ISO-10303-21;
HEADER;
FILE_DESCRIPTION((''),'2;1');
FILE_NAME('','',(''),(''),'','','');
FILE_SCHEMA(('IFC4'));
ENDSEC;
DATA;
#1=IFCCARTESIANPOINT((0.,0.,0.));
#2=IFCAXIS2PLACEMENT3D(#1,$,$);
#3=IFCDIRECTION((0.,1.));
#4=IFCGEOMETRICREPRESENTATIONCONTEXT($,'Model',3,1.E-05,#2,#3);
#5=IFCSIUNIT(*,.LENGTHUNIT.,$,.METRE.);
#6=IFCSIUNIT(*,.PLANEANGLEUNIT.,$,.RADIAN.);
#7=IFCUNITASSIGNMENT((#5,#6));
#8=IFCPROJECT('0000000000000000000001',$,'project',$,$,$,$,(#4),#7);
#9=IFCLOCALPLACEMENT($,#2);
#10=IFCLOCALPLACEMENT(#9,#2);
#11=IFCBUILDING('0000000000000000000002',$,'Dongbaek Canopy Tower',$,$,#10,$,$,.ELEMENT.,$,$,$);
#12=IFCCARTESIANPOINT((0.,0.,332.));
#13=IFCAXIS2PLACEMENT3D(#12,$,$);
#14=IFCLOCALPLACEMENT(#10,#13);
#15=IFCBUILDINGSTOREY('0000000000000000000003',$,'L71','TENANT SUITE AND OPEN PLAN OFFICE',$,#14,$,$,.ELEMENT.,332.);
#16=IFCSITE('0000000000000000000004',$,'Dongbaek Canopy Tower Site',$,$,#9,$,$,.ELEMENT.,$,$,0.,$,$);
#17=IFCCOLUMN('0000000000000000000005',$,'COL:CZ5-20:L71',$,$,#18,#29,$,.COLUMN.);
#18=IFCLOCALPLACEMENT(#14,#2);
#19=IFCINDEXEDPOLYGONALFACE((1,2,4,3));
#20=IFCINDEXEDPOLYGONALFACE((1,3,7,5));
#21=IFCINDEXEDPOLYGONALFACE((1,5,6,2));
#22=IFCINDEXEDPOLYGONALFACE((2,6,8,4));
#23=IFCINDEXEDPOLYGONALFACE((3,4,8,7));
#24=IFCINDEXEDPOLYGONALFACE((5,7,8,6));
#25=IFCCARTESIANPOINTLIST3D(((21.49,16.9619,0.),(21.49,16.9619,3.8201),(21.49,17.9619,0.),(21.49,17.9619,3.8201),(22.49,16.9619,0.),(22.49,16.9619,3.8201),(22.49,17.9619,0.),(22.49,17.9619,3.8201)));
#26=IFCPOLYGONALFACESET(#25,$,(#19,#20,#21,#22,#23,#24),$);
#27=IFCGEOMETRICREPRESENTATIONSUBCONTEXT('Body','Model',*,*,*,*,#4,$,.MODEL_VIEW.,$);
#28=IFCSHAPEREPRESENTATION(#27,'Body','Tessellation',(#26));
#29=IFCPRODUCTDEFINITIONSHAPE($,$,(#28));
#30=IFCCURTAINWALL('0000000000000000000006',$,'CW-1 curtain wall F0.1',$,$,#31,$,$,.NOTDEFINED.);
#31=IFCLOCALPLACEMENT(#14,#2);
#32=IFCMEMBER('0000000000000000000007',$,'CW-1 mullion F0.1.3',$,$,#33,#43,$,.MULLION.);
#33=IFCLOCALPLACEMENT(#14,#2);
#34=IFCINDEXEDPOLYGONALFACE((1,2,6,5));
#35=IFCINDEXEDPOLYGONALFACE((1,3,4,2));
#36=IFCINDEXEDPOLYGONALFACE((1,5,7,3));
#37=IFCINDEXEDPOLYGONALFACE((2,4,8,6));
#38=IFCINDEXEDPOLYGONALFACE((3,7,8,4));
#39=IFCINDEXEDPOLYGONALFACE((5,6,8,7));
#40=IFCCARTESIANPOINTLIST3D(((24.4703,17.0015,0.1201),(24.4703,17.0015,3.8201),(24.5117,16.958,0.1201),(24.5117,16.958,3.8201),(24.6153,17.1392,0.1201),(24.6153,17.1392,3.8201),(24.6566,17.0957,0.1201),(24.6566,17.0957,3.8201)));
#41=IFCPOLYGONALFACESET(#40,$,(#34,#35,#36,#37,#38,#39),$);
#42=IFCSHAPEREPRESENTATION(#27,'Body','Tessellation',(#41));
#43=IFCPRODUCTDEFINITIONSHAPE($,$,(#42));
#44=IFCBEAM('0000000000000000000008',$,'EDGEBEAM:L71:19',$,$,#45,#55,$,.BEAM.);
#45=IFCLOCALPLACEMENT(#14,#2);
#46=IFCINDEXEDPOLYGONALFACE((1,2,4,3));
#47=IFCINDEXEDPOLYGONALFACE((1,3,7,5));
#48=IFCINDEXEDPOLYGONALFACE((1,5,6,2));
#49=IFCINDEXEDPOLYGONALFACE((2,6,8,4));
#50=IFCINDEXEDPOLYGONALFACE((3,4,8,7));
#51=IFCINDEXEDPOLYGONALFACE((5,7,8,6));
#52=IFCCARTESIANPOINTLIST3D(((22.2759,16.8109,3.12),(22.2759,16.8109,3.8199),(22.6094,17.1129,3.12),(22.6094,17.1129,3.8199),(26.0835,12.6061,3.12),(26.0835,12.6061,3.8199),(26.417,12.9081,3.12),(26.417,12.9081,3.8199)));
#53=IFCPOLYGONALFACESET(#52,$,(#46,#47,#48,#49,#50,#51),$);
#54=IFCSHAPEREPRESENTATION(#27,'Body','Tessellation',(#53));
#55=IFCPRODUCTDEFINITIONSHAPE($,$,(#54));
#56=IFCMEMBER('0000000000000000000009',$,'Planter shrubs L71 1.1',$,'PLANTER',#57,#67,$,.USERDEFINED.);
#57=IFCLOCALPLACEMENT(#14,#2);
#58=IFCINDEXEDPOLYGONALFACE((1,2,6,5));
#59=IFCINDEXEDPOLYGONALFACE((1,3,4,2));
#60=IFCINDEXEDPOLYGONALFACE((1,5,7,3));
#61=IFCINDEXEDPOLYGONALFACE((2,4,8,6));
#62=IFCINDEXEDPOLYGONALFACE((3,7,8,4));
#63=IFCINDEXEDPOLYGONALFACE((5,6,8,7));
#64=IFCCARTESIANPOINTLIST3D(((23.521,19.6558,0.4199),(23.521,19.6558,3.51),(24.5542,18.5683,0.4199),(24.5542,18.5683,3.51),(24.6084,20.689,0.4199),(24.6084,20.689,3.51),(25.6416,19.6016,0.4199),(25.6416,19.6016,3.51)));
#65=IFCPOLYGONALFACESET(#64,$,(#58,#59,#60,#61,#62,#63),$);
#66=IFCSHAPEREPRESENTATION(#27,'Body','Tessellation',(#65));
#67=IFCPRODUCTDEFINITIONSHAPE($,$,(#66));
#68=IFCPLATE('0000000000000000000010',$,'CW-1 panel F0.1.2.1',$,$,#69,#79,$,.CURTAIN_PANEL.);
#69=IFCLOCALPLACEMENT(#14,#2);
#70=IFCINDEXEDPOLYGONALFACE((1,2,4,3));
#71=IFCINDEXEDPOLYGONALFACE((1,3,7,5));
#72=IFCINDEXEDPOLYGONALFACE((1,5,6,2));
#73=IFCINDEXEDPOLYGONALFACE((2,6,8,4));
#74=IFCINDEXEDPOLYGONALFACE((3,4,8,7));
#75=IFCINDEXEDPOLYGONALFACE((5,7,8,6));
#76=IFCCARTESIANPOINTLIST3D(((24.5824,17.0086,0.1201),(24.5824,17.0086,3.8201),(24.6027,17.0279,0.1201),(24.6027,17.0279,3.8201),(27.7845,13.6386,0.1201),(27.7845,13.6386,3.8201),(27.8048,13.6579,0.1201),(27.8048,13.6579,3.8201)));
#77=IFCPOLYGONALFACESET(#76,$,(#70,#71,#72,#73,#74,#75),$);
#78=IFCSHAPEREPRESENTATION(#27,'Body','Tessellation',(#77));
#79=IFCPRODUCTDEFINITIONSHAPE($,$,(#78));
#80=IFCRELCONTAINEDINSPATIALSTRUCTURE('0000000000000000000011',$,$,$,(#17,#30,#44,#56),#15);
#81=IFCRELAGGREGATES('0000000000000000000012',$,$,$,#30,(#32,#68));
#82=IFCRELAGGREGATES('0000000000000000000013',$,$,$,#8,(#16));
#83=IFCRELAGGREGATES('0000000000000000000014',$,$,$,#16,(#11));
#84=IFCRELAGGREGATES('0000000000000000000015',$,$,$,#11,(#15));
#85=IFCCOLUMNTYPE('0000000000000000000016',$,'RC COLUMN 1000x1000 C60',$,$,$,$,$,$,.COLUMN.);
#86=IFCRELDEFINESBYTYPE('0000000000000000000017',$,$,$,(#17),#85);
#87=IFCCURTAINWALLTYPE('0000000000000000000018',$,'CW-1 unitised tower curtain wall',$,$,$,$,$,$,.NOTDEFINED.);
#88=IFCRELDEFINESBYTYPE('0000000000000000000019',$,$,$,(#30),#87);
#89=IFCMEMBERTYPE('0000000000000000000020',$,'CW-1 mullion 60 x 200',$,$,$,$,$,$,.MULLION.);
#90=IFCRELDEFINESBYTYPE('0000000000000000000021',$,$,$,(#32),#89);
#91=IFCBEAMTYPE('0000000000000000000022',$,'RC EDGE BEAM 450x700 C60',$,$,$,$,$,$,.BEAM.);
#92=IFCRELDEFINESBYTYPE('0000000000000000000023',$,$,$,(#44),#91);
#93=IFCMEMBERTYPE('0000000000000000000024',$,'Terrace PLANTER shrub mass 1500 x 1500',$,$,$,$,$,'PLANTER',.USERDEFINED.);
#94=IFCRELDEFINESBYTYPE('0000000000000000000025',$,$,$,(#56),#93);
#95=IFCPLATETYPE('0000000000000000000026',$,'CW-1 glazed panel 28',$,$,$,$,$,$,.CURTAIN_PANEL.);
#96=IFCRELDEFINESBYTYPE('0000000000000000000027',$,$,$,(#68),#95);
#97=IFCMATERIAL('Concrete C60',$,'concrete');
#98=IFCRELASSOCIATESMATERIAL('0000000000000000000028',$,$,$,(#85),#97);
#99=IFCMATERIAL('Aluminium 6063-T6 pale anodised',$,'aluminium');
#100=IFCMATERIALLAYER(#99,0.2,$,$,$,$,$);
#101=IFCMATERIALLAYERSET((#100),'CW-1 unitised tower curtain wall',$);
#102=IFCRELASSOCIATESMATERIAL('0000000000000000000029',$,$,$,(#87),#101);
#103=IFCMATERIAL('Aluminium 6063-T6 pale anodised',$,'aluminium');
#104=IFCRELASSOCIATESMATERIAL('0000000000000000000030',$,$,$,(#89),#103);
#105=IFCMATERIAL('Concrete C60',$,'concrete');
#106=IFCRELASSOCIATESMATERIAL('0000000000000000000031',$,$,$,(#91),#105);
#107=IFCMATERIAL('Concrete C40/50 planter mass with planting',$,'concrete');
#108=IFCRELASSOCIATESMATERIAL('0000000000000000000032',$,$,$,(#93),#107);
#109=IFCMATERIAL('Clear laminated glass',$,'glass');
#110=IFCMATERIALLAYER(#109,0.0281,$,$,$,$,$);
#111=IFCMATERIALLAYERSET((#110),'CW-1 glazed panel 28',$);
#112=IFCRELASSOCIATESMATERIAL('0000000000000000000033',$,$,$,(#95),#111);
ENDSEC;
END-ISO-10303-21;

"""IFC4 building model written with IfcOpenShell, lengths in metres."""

from ifc_helpers import new_model, si_unit, direction, frame, origin, origin_2d, place, context, subcontext, project, spatial, rectangle, extrude, material, layer, layer_set, material_profile, profile_set, type_object, element, aggregate, save


model = new_model("IFC4")

# Units and contexts
model_context = context("Model", 3, precision=1e-05, world=origin(), true_north=direction((0.0, 1.0)))
body_context = subcontext(model_context, "Body", "Model", "MODEL_VIEW")
ifc_project = project(units=[si_unit("LENGTHUNIT", "METRE"), si_unit("PLANEANGLEUNIT", "RADIAN")], contexts=[model_context])

# Site, building, storey
site_placement = place(None, origin())
site = spatial("IfcSite", under=ifc_project, at=site_placement, Name="Dongbaek Canopy Tower Site", CompositionType="ELEMENT", RefElevation=0.0)
building_placement = place(site_placement, origin())
building = spatial("IfcBuilding", under=site, at=building_placement, Name="Dongbaek Canopy Tower", CompositionType="ELEMENT")
storey_placement = place(building_placement, frame((0.0, 0.0, 332.0)))
storey = spatial("IfcBuildingStorey", under=building, at=storey_placement, Name="L71", Description="TENANT SUITE AND OPEN PLAN OFFICE", CompositionType="ELEMENT", Elevation=332.0)

# Column
ifc_material_1 = material(Name="Concrete C60", Category="concrete")
ifc_material_profile_1 = material_profile(ifc_material_1, rectangle(XDim=1.0, YDim=1.0, at=origin_2d()), Name="RC COLUMN 1000x1000 C60")
ifc_profile_set_1 = profile_set([ifc_material_profile_1], Name="Concrete C60")
column_type = type_object("IfcColumnType", Name="RC COLUMN 1000x1000 C60", PredefinedType="COLUMN", material=ifc_profile_set_1)
column_placement = place(storey_placement, frame((21.99, 17.4619, 0.0), z_axis=(0.0, 0.0, 1.0), x_axis=(1.0, 0.0, 0.0)))
element("IfcColumn", 1, at=column_placement, inside=storey, type_object=column_type, Name="COL:CZ5-20:L71", PredefinedType="COLUMN", context=body_context, shape_type="SweptSolid", body=[
    extrude(rectangle(XDim=1.0, YDim=1.0, at=origin_2d()), origin(), (0.0, 0.0, 1.0), 3.8201),
])

# Curtain wall, member
ifc_material_2 = material(Name="Aluminium 6063-T6 pale anodised", Category="aluminium")
ifc_layer_1 = layer(ifc_material_2, 0.2)
ifc_layer_set_1 = layer_set([ifc_layer_1], Name="CW-1 unitised tower curtain wall")
curtain_wall_type = type_object("IfcCurtainWallType", Name="CW-1 unitised tower curtain wall", PredefinedType="NOTDEFINED", material=ifc_layer_set_1)
curtain_wall_placement = place(storey_placement, origin())
curtain_wall = element("IfcCurtainWall", 2, at=curtain_wall_placement, inside=storey, type_object=curtain_wall_type, Name="CW-1 curtain wall F0.1", PredefinedType="NOTDEFINED")
ifc_material_3 = material(Name="Aluminium 6063-T6 pale anodised", Category="aluminium")
ifc_material_profile_2 = material_profile(ifc_material_3, rectangle(XDim=0.2, YDim=0.0601, at=origin_2d()), Name="CW-1 mullion 60 x 200")
ifc_profile_set_2 = profile_set([ifc_material_profile_2], Name="Aluminium 6063-T6 pale anodised")
member_type_1 = type_object("IfcMemberType", Name="CW-1 mullion 60 x 200", PredefinedType="MULLION", material=ifc_profile_set_2)
member_1_placement = place(storey_placement, frame((24.5635, 17.0486, 0.1201), z_axis=(0.0, 0.0, 1.0), x_axis=(0.72494, 0.688812, 0.0)))
member_1 = element("IfcMember", 3, at=member_1_placement, type_object=member_type_1, Name="CW-1 mullion F0.1.3", PredefinedType="MULLION", context=body_context, shape_type="SweptSolid", body=[
    extrude(rectangle(XDim=0.2, YDim=0.0601, at=origin_2d()), origin(), (0.0, 0.0, 1.0), 3.7),
])

# Beam
ifc_material_4 = material(Name="Concrete C60", Category="concrete")
ifc_material_profile_3 = material_profile(ifc_material_4, rectangle(XDim=0.45, YDim=0.7, at=origin_2d()), Name="RC EDGE BEAM 450x700 C60")
ifc_profile_set_3 = profile_set([ifc_material_profile_3], Name="Concrete C60")
beam_type = type_object("IfcBeamType", Name="RC EDGE BEAM 450x700 C60", PredefinedType="BEAM", material=ifc_profile_set_3)
beam_placement = place(storey_placement, frame((22.4426, 16.9619, 3.47), z_axis=(0.671228, -0.741251, 0.0), x_axis=(0.741251, 0.671228, 0.0)))
element("IfcBeam", 4, at=beam_placement, inside=storey, type_object=beam_type, Name="EDGEBEAM:L71:19", PredefinedType="BEAM", context=body_context, shape_type="SweptSolid", body=[
    extrude(rectangle(XDim=0.45, YDim=0.7, at=origin_2d()), origin(), (0.0, 0.0, 1.0), 5.6726),
])

# Member
ifc_material_5 = material(Name="Concrete C40/50 planter mass with planting", Category="concrete")
ifc_material_profile_4 = material_profile(ifc_material_5, rectangle(XDim=1.5, YDim=1.5, at=origin_2d()), Name="Terrace PLANTER shrub mass 1500 x 1500")
ifc_profile_set_4 = profile_set([ifc_material_profile_4], Name="Concrete C40/50 planter mass with planting")
member_type_2 = type_object("IfcMemberType", Name="Terrace PLANTER shrub mass 1500 x 1500", ElementType="PLANTER", PredefinedType="USERDEFINED", material=ifc_profile_set_4)
member_2_placement = place(storey_placement, frame((24.5813, 19.6287, 0.4199), z_axis=(0.0, 0.0, 1.0), x_axis=(0.72494, 0.688812, 0.0)))
element("IfcMember", 5, at=member_2_placement, inside=storey, type_object=member_type_2, Name="Planter shrubs L71 1.1", ObjectType="PLANTER", PredefinedType="USERDEFINED", context=body_context, shape_type="SweptSolid", body=[
    extrude(rectangle(XDim=1.5, YDim=1.5, at=origin_2d()), origin(), (0.0, 0.0, 1.0), 3.0901),
])

# Plate
ifc_material_6 = material(Name="Clear laminated glass", Category="glass")
ifc_layer_2 = layer(ifc_material_6, 0.0281)
ifc_layer_set_2 = layer_set([ifc_layer_2], Name="CW-1 glazed panel 28")
plate_type = type_object("IfcPlateType", Name="CW-1 glazed panel 28", PredefinedType="CURTAIN_PANEL", material=ifc_layer_set_2)
plate_placement = place(storey_placement, frame((26.1936, 15.3333, 0.1201), z_axis=(0.0, 0.0, 1.0), x_axis=(-0.688812, 0.72494, 0.0)))
plate = element("IfcPlate", 6, at=plate_placement, type_object=plate_type, Name="CW-1 panel F0.1.2.1", PredefinedType="CURTAIN_PANEL", context=body_context, shape_type="SweptSolid", body=[
    extrude(rectangle(XDim=4.6487, YDim=0.0281, at=origin_2d()), origin(), (0.0, 0.0, 1.0), 3.7),
])

aggregate(curtain_wall, [member_1, plate])

save(model, "model.ifc")
